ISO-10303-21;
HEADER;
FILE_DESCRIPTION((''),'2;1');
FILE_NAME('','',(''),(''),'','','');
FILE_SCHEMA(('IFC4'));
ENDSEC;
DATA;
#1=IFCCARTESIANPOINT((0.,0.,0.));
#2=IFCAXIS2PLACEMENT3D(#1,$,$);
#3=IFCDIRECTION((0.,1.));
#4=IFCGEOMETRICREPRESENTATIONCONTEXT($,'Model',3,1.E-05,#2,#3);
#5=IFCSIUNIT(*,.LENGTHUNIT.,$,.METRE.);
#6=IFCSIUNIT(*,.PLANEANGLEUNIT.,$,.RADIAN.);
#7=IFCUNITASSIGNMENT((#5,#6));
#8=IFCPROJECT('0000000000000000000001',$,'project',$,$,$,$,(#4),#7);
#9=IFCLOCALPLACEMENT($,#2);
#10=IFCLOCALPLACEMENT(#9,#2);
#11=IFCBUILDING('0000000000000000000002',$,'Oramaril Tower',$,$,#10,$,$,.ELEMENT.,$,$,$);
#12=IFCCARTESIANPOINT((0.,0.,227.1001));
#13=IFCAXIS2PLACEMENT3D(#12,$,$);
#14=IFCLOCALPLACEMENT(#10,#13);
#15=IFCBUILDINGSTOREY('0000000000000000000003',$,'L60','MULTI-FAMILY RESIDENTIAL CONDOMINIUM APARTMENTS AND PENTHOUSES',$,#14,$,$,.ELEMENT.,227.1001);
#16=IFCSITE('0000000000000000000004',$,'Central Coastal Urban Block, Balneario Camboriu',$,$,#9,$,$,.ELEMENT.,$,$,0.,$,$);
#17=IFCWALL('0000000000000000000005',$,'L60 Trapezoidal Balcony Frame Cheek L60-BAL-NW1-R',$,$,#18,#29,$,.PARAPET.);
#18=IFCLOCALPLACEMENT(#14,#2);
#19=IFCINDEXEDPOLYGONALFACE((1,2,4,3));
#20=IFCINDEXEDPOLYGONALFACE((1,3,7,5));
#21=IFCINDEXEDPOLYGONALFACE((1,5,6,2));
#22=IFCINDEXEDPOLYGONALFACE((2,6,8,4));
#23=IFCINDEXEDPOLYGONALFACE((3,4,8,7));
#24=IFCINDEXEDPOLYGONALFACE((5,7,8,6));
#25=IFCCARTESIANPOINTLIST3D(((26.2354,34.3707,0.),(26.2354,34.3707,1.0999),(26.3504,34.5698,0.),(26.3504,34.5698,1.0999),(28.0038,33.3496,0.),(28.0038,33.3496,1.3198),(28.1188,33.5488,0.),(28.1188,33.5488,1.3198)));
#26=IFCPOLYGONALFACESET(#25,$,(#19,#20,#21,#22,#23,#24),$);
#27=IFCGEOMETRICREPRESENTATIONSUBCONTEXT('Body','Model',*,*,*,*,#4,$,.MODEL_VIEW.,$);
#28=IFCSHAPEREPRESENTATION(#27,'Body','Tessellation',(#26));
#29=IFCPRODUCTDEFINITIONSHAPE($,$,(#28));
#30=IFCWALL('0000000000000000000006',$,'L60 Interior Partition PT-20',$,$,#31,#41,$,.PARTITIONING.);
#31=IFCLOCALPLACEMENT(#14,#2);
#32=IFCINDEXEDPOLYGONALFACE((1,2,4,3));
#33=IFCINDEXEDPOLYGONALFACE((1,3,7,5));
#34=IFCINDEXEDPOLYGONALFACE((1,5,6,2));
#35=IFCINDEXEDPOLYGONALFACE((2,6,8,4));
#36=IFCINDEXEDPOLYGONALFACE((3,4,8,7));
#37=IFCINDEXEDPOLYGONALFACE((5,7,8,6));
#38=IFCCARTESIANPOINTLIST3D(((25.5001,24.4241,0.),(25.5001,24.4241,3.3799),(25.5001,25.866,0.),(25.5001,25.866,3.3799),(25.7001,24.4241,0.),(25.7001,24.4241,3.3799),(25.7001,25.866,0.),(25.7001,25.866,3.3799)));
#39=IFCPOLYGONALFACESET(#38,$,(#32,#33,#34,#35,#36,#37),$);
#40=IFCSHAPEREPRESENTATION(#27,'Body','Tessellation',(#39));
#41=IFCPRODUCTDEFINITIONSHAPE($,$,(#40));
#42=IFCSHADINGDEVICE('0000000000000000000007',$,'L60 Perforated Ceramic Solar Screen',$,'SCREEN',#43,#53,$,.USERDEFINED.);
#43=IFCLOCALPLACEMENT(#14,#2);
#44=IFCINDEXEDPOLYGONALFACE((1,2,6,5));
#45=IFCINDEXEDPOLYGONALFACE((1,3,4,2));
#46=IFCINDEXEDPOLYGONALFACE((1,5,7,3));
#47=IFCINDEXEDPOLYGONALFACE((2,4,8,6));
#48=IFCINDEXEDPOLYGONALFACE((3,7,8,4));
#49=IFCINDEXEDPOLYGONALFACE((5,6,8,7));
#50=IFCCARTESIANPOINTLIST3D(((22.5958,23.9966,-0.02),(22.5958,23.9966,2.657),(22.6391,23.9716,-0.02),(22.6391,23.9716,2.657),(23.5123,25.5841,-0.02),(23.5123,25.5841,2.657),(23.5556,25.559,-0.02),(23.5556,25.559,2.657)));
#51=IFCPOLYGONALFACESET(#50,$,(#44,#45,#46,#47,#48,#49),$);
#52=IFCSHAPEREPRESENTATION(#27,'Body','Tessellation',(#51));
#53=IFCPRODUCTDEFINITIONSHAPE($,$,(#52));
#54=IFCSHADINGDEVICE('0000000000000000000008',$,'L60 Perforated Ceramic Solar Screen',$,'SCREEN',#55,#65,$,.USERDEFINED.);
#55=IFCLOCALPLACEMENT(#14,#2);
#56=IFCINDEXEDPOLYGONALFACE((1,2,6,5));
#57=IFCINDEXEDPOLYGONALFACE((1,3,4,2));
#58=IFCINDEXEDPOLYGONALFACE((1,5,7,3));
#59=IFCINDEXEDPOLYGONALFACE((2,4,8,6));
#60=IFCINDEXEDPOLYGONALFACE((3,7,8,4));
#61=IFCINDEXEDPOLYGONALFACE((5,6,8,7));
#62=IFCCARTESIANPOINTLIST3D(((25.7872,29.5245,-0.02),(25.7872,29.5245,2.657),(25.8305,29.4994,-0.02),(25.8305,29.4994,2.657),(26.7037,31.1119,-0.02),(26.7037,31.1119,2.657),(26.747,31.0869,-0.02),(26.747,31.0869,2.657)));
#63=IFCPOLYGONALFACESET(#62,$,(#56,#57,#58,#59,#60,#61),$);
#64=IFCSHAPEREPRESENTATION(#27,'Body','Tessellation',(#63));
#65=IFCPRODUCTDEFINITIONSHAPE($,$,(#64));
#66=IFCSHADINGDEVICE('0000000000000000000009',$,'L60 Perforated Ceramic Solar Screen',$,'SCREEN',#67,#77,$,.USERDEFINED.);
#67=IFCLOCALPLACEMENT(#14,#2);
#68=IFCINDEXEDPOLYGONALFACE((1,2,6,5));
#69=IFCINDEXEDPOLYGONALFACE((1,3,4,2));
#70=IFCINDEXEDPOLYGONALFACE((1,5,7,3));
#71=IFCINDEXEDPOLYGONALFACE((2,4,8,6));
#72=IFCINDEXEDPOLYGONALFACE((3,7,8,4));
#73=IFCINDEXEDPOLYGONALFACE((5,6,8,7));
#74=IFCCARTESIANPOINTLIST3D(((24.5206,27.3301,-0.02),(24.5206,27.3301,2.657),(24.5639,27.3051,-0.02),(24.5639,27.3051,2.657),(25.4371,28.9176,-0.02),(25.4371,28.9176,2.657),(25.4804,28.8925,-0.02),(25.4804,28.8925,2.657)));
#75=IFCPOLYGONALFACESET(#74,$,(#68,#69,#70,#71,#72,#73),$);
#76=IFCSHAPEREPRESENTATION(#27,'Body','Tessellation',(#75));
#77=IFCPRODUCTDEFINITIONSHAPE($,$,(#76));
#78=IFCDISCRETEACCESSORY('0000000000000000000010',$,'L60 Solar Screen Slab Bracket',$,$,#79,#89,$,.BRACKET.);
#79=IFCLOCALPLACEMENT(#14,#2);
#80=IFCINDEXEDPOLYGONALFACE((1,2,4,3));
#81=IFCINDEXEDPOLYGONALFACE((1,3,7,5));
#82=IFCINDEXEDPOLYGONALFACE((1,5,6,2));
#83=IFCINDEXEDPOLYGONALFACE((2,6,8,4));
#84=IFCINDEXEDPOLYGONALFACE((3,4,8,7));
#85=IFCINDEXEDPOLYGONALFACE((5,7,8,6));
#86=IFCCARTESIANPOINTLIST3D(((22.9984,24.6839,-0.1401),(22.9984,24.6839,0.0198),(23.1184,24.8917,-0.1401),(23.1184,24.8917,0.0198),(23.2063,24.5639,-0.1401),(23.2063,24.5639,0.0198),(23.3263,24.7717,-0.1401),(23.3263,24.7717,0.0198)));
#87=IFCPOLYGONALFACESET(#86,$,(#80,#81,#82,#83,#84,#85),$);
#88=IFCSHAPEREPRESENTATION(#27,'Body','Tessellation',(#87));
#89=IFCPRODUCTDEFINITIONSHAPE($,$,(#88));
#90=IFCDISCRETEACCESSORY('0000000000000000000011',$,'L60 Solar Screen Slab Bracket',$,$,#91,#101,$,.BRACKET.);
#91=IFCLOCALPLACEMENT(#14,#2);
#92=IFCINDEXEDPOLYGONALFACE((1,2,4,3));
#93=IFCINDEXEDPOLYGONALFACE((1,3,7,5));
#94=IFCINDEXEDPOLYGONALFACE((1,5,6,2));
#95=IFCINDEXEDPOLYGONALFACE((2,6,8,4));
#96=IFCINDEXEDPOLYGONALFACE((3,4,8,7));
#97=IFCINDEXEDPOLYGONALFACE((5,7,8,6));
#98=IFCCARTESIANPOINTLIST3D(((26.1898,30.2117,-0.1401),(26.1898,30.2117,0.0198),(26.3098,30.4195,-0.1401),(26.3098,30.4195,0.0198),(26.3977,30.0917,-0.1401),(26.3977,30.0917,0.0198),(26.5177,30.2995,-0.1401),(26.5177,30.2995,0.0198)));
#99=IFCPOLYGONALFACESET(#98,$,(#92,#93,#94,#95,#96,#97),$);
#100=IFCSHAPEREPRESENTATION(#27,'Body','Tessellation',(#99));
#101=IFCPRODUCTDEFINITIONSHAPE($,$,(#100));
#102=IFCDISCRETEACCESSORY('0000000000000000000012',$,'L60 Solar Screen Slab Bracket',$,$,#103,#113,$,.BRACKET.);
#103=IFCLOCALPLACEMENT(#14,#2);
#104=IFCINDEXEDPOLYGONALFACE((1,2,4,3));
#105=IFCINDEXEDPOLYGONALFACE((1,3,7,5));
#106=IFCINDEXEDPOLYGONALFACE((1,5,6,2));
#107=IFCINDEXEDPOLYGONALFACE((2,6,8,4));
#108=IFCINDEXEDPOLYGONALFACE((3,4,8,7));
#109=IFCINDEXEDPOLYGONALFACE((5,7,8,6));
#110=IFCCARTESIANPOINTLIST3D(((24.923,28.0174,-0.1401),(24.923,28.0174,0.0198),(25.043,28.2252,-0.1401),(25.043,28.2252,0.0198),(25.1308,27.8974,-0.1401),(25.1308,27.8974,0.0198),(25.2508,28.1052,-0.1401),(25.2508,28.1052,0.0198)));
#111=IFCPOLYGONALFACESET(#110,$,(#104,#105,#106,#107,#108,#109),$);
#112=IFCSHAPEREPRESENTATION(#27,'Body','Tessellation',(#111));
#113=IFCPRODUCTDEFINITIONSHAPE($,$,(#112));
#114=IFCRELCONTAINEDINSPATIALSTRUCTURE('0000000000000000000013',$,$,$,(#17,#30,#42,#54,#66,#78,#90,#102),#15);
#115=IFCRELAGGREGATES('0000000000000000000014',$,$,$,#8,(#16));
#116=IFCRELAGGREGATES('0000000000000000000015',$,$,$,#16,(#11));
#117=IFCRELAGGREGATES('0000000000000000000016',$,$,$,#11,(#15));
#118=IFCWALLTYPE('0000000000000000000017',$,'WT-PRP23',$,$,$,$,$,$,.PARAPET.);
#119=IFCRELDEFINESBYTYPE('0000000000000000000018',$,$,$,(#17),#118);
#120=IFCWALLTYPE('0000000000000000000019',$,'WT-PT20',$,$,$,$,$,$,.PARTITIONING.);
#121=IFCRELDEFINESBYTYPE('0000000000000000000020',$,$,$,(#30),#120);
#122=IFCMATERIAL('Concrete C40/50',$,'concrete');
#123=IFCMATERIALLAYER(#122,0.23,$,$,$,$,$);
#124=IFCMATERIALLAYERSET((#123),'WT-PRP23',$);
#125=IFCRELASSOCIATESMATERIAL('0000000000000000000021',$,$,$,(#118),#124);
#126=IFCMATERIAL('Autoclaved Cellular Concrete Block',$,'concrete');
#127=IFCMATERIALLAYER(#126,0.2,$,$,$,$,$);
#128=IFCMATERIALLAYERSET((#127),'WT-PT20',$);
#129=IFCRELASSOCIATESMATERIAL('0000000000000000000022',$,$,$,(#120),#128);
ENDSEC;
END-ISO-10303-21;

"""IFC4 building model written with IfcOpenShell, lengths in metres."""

from ifc_helpers import new_model, si_unit, direction, frame, frame_2d, origin, origin_2d, place, context, subcontext, project, spatial, polyline, rectangle, outline, extrude, material, layer, layer_set, type_object, element, save


model = new_model("IFC4")

# Units and contexts
model_context = context("Model", 3, precision=1e-05, world=origin(), true_north=direction((0.0, 1.0)))
body_context = subcontext(model_context, "Body", "Model", "MODEL_VIEW")
ifc_project = project(units=[si_unit("LENGTHUNIT", "METRE"), si_unit("PLANEANGLEUNIT", "RADIAN")], contexts=[model_context])

# Site, building, storey
site_placement = place(None, origin())
site = spatial("IfcSite", under=ifc_project, at=site_placement, Name="Central Coastal Urban Block, Balneario Camboriu", CompositionType="ELEMENT", RefElevation=0.0)
building_placement = place(site_placement, origin())
building = spatial("IfcBuilding", under=site, at=building_placement, Name="Oramaril Tower", CompositionType="ELEMENT")
storey_placement = place(building_placement, frame((0.0, 0.0, 227.1001)))
storey = spatial("IfcBuildingStorey", under=building, at=storey_placement, Name="L60", Description="MULTI-FAMILY RESIDENTIAL CONDOMINIUM APARTMENTS AND PENTHOUSES", CompositionType="ELEMENT", Elevation=227.1001)

# Wall
ifc_material_1 = material(Name="Concrete C40/50", Category="concrete")
ifc_layer_1 = layer(ifc_material_1, 0.23)
ifc_layer_set_1 = layer_set([ifc_layer_1], Name="WT-PRP23")
wall_type_1 = type_object("IfcWallType", Name="WT-PRP23", PredefinedType="PARAPET", material=ifc_layer_set_1)
wall_1_placement = place(storey_placement, frame((28.0613, 33.4492, 0.0), z_axis=(0.0, 0.0, 1.0), x_axis=(-0.866012, 0.500023, 0.0)))
element("IfcWall", 1, at=wall_1_placement, inside=storey, type_object=wall_type_1, Name="L60 Trapezoidal Balcony Frame Cheek L60-BAL-NW1-R", PredefinedType="PARAPET", context=body_context, shape_type="SweptSolid", body=[
    extrude(outline(polyline([(0.0, 0.0), (2.042, 0.0), (2.042, 1.0999), (0.0, 1.3198), (0.0, 0.0)])), frame((0.0, 0.115, 0.0), z_axis=(0.0, -1.0, 0.0), x_axis=(1.0, 0.0, 0.0)), (0.0, 0.0, 1.0), 0.23),
])

# Shared definitions
ifc_material_2 = material(Name="Autoclaved Cellular Concrete Block", Category="concrete")
ifc_layer_2 = layer(ifc_material_2, 0.2)
ifc_layer_set_2 = layer_set([ifc_layer_2], Name="WT-PT20")
wall_type_2 = type_object("IfcWallType", Name="WT-PT20", PredefinedType="PARTITIONING", material=ifc_layer_set_2)

# Wall
wall_2_placement = place(storey_placement, frame((25.6001, 24.4241, 0.0), z_axis=(0.0, 0.0, 1.0), x_axis=(0.0, 1.0, 0.0)))
element("IfcWall", 2, at=wall_2_placement, inside=storey, type_object=wall_type_2, Name="L60 Interior Partition PT-20", PredefinedType="PARTITIONING", context=body_context, shape_type="SweptSolid", body=[
    extrude(rectangle(XDim=1.4419, YDim=0.2, at=frame_2d((0.7209, 0.0))), origin(), (0.0, 0.0, 1.0), 3.3799),
])

# Shading devices
for number, where, z_axis, x_axis, name in (
    (3, (23.0757, 24.7778, -0.02), (0.0, 0.0, 1.0), (-0.499998, -0.866026, 0.0), "L60 Perforated Ceramic Solar Screen"),
    (4, (26.2671, 30.3057, -0.02), (0.0, 0.0, 1.0), (-0.499998, -0.866026, 0.0), "L60 Perforated Ceramic Solar Screen"),
    (5, (25.0005, 28.1113, -0.02), (0.0, 0.0, 1.0), (-0.499998, -0.866026, 0.0), "L60 Perforated Ceramic Solar Screen"),
):
    element("IfcShadingDevice", number, at=place(storey_placement, frame(where, z_axis=z_axis, x_axis=x_axis)), inside=storey, Name=name, ObjectType="SCREEN", PredefinedType="USERDEFINED", context=body_context, shape_type="SweptSolid", body=[
        extrude(rectangle(XDim=1.833, YDim=0.05, at=origin_2d()), origin(), (0.0, 0.0, 1.0), 2.677),
    ])

# Discrete accessories
for number, where, z_axis, x_axis, name in (
    (6, (23.1624, 24.7278, -0.1401), (0.0, 0.0, 1.0), (-0.499998, -0.866026, 0.0), "L60 Solar Screen Slab Bracket"),
    (7, (26.3538, 30.2556, -0.1401), (0.0, 0.0, 1.0), (-0.499998, -0.866026, 0.0), "L60 Solar Screen Slab Bracket"),
    (8, (25.0869, 28.0613, -0.1401), (0.0, 0.0, 1.0), (-0.499998, -0.866026, 0.0), "L60 Solar Screen Slab Bracket"),
):
    element("IfcDiscreteAccessory", number, at=place(storey_placement, frame(where, z_axis=z_axis, x_axis=x_axis)), inside=storey, Name=name, PredefinedType="BRACKET", context=body_context, shape_type="SweptSolid", body=[
        extrude(rectangle(XDim=0.24, YDim=0.24, at=origin_2d()), origin(), (0.0, 0.0, 1.0), 0.1599),
    ])

save(model, "model.ifc")
